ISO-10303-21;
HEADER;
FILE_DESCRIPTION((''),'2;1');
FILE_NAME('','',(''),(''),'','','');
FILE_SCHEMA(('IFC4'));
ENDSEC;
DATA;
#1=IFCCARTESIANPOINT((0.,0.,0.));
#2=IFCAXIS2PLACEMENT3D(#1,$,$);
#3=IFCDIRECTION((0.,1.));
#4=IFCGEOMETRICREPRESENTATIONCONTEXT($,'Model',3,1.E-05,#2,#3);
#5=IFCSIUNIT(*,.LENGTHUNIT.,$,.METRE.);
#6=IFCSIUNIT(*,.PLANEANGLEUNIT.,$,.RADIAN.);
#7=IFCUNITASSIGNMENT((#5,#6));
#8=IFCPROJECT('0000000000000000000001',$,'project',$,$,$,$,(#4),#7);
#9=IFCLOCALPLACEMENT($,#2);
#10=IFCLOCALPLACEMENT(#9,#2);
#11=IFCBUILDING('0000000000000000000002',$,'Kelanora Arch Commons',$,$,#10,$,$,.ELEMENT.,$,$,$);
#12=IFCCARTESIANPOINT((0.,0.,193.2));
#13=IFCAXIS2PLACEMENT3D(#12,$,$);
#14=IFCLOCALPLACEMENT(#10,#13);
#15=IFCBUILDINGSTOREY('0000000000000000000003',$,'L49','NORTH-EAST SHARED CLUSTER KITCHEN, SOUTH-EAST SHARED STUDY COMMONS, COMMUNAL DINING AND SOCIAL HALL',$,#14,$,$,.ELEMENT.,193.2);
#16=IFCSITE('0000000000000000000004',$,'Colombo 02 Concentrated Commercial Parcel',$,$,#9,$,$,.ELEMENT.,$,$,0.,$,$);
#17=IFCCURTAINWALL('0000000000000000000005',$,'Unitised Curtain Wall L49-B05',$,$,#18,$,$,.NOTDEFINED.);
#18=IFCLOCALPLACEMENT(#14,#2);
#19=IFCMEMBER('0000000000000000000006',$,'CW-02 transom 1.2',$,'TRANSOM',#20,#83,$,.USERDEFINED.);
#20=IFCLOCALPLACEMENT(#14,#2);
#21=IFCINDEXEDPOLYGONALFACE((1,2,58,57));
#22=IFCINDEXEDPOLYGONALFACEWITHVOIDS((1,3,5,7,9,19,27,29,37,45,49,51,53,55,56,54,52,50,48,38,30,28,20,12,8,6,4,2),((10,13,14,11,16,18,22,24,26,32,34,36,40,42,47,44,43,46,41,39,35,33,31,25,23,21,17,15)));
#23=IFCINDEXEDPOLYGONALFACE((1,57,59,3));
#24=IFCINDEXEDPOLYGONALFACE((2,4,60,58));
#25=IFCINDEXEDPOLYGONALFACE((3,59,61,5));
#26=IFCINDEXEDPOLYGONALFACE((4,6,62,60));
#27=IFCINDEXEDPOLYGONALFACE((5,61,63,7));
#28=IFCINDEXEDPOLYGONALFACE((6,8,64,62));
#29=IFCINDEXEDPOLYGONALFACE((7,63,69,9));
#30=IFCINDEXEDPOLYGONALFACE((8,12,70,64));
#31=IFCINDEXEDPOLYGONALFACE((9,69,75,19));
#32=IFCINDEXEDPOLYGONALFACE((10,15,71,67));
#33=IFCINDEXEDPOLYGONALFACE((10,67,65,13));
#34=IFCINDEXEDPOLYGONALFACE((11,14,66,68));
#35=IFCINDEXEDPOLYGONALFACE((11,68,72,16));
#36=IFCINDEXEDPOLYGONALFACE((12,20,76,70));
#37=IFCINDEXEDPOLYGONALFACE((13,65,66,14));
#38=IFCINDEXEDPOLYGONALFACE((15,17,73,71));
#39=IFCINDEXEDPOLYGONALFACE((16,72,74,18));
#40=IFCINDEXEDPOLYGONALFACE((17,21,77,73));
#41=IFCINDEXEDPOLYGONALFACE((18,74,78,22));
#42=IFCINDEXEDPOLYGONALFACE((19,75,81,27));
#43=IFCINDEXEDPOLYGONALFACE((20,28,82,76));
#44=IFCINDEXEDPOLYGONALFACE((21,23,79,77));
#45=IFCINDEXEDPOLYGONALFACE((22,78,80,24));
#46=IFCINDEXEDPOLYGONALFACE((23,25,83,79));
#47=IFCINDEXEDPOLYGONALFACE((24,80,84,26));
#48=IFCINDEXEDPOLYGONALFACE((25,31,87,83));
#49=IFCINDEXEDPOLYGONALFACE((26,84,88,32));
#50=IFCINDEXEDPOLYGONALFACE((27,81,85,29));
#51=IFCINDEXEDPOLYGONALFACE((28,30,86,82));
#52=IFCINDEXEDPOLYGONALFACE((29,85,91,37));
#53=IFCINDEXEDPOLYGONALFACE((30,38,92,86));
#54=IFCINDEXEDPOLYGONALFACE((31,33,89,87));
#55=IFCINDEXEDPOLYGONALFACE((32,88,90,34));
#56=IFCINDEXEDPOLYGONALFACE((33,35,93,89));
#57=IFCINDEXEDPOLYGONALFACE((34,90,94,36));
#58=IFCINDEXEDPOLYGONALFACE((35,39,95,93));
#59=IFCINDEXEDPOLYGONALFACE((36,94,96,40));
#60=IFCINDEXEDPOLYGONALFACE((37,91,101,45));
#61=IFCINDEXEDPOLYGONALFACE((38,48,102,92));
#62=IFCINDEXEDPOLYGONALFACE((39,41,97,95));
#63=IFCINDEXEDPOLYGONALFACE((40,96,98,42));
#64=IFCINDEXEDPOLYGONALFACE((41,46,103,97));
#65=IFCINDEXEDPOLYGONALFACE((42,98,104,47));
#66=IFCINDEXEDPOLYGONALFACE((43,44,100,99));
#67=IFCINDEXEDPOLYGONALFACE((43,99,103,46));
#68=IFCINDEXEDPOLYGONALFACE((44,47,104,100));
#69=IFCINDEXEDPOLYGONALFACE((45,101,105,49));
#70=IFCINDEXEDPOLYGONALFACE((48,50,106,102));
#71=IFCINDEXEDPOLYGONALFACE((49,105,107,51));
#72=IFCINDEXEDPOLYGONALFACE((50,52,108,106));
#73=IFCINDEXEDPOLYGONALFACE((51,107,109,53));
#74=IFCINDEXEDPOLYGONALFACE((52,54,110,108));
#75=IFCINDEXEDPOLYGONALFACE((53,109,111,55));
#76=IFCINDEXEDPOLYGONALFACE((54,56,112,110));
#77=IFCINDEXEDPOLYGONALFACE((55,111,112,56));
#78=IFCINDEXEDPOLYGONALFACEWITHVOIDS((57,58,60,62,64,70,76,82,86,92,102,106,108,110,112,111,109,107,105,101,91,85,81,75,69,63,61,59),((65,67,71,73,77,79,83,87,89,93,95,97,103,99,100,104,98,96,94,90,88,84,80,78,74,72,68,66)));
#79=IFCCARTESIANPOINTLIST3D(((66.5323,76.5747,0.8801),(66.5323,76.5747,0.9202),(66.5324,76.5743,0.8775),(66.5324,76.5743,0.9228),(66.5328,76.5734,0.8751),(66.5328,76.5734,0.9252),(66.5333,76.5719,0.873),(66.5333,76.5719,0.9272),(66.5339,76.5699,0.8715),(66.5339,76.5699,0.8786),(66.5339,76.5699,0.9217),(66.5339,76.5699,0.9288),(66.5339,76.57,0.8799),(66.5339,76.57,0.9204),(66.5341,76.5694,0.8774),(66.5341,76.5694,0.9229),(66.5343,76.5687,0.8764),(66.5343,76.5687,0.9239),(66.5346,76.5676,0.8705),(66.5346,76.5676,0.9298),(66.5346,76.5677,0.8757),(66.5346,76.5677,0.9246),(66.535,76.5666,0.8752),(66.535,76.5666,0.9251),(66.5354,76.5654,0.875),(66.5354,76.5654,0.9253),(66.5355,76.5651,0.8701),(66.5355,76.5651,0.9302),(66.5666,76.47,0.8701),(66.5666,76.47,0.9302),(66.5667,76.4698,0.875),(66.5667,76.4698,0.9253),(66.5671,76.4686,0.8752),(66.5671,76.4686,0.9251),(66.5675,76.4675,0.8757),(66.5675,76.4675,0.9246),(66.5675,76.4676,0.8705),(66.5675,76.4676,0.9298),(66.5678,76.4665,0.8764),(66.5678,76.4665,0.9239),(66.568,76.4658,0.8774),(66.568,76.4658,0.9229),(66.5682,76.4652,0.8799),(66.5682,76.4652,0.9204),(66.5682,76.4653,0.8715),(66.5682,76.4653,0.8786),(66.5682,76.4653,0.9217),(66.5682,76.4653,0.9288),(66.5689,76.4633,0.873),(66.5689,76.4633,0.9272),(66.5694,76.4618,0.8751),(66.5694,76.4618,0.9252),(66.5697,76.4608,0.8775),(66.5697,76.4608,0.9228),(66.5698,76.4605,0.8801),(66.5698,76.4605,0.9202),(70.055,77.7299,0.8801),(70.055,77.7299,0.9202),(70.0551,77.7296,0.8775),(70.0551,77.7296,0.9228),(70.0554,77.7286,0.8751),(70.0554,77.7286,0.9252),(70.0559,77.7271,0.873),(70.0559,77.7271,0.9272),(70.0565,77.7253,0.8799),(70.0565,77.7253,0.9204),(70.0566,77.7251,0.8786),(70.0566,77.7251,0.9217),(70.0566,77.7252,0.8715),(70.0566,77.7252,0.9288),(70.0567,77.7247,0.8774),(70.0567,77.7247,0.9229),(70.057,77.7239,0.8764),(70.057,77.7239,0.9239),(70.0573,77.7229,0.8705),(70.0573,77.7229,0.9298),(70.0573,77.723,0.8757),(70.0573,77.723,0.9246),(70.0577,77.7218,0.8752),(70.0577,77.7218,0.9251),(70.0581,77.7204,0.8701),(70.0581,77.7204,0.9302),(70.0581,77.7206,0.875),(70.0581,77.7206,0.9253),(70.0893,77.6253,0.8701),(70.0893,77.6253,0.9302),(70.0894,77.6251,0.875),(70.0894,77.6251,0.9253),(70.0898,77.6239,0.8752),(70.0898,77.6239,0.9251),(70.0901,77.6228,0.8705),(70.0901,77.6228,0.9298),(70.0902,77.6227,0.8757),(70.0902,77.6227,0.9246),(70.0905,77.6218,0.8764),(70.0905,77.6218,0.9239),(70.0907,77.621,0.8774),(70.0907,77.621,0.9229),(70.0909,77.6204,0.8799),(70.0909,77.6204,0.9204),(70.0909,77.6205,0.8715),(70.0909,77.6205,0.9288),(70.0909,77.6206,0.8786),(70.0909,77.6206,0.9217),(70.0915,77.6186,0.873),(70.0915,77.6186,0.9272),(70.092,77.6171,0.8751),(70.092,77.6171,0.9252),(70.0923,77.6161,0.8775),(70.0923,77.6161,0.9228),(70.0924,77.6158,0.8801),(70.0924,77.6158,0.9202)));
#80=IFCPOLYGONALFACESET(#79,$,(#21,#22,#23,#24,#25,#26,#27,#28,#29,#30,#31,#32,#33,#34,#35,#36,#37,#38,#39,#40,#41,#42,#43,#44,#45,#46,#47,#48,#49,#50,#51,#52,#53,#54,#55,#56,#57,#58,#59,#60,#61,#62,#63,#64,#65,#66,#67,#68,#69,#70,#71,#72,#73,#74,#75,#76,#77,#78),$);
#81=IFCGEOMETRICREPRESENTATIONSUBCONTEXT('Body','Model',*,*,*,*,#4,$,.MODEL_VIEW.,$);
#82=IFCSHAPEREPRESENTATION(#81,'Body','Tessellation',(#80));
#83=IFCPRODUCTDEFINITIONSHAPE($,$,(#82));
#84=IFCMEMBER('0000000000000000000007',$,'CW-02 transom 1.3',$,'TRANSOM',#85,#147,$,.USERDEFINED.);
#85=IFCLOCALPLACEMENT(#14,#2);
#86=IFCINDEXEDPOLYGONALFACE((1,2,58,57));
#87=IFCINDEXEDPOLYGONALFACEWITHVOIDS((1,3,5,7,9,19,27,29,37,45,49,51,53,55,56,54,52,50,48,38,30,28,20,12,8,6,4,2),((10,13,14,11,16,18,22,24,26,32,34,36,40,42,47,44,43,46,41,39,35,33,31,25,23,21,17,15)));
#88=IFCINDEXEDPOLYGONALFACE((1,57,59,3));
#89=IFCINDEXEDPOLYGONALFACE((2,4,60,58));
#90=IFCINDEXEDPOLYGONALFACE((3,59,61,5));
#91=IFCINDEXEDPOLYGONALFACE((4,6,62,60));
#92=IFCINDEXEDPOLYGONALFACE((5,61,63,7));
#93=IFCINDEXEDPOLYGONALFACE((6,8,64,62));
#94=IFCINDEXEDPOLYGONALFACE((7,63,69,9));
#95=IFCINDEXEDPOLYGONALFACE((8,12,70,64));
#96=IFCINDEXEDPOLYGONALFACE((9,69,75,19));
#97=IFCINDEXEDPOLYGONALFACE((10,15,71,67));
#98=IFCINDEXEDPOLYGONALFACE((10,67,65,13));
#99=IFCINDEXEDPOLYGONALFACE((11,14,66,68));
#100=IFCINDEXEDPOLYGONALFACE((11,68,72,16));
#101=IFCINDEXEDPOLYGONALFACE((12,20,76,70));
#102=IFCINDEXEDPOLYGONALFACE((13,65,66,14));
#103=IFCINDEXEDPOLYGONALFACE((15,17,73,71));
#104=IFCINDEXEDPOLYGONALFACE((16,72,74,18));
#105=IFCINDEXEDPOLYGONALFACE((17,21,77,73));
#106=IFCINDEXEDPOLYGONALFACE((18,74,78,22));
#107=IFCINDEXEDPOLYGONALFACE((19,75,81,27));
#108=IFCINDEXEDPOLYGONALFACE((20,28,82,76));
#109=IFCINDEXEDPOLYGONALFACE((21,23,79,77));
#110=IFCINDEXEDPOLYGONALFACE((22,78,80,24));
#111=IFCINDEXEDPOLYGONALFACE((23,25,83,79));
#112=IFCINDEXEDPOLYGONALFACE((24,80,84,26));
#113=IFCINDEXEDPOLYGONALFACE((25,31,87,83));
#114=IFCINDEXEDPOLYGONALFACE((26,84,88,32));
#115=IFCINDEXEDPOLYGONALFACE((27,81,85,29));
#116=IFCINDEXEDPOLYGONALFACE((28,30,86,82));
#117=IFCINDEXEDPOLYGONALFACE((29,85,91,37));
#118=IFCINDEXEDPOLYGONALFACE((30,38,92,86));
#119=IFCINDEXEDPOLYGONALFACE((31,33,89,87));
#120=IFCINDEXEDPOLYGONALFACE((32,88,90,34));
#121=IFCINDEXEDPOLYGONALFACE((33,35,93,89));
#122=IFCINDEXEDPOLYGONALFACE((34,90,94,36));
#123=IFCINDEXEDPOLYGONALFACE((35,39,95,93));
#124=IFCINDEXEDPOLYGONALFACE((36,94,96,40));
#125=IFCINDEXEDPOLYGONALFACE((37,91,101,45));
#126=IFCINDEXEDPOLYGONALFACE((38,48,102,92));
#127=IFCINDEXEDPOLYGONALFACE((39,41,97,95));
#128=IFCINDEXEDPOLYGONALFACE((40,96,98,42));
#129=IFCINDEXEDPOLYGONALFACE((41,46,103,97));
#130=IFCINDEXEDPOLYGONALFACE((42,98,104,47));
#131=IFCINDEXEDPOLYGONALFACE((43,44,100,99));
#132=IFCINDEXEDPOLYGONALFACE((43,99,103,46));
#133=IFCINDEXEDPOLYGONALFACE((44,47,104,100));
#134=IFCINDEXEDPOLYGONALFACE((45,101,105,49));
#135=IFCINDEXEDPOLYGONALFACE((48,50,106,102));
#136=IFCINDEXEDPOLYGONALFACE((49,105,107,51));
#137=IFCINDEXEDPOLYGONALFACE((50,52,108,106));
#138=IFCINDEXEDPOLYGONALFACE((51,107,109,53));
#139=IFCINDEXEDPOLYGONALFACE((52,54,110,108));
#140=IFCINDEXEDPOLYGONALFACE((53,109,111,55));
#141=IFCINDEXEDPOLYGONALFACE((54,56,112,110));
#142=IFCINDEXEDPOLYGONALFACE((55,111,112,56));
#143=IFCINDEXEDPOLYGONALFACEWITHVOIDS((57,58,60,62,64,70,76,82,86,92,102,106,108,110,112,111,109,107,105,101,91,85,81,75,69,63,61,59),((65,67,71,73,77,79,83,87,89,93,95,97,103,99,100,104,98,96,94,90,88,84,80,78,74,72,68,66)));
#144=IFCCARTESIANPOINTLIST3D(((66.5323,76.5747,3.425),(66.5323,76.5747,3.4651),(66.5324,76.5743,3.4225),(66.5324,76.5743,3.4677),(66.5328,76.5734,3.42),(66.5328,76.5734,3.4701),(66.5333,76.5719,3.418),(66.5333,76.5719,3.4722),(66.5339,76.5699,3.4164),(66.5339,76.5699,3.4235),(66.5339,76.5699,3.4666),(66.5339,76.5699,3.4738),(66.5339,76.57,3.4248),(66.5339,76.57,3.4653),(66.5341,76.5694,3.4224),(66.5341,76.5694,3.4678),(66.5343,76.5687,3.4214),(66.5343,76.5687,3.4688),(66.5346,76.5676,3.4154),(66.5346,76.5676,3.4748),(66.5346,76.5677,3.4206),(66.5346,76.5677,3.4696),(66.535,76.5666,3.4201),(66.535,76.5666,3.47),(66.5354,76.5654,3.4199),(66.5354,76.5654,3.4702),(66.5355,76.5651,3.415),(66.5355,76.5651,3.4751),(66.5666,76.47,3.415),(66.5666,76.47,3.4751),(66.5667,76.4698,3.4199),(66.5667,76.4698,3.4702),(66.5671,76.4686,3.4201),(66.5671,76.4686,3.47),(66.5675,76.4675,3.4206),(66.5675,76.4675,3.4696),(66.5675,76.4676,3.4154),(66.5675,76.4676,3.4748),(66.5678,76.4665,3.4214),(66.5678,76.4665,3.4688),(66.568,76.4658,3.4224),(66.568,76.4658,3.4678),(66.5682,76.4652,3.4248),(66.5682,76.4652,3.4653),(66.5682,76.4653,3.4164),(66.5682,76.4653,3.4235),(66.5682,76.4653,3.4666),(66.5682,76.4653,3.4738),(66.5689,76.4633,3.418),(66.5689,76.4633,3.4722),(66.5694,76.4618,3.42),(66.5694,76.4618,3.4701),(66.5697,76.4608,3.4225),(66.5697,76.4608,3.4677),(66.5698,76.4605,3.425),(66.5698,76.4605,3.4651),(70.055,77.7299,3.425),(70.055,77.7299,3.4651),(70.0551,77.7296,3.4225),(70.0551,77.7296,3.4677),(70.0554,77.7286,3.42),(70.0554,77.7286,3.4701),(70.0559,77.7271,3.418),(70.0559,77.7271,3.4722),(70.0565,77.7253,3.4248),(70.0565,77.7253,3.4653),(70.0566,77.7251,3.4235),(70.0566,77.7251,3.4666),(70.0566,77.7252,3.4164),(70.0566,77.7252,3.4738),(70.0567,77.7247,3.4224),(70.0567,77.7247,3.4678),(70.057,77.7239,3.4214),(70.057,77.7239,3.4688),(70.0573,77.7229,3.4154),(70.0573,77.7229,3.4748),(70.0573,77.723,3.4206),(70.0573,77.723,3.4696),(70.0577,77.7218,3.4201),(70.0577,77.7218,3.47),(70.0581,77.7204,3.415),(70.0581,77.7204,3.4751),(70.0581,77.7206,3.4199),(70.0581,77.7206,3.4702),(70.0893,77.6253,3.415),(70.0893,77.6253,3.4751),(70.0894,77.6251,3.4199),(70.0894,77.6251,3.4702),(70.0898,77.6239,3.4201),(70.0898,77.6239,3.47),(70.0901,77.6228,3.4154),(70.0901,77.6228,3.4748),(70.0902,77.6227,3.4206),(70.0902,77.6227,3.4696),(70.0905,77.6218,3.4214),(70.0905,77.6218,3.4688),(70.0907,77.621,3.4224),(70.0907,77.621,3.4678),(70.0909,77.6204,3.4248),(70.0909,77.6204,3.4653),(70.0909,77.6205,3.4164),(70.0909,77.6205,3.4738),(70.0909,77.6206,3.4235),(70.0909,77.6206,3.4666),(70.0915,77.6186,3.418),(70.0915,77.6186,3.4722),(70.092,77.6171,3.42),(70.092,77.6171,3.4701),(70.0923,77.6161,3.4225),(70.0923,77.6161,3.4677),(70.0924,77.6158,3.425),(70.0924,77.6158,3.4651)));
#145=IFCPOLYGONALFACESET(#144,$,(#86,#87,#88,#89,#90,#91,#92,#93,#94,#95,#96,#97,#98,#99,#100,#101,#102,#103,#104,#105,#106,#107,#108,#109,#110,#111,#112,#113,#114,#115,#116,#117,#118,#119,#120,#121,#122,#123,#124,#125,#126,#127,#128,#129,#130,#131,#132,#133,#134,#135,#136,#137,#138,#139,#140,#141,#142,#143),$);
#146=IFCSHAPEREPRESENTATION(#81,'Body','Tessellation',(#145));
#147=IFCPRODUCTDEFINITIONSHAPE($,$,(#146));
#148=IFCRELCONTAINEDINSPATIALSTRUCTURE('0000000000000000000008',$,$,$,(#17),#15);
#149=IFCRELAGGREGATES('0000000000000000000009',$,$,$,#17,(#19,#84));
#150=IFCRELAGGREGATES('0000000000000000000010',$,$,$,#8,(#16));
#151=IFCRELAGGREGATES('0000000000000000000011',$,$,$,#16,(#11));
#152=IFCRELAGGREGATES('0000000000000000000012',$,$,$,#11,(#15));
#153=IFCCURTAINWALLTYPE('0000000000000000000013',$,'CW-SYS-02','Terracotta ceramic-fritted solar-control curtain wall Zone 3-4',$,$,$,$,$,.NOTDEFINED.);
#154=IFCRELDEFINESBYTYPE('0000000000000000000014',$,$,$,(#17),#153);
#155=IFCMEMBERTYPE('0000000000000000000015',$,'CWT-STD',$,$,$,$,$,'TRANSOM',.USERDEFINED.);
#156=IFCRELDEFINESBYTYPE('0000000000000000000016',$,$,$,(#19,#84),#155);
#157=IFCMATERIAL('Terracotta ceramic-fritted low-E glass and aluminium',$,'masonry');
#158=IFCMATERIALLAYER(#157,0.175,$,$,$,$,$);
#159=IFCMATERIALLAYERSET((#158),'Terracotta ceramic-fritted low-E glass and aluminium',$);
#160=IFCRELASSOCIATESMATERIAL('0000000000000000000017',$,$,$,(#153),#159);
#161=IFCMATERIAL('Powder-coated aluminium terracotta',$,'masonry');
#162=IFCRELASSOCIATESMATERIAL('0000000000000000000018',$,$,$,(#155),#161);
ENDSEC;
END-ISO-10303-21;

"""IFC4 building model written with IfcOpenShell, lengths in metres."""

from ifc_helpers import new_model, si_unit, direction, frame, origin, origin_2d, place, context, subcontext, project, spatial, hollow_rectangle, extrude, material, layer, layer_set, material_profile, profile_set, type_object, element, aggregate, save


model = new_model("IFC4")

# Units and contexts
model_context = context("Model", 3, precision=1e-05, world=origin(), true_north=direction((0.0, 1.0)))
body_context = subcontext(model_context, "Body", "Model", "MODEL_VIEW")
ifc_project = project(units=[si_unit("LENGTHUNIT", "METRE"), si_unit("PLANEANGLEUNIT", "RADIAN")], contexts=[model_context])

# Site, building, storey
site_placement = place(None, origin())
site = spatial("IfcSite", under=ifc_project, at=site_placement, Name="Colombo 02 Concentrated Commercial Parcel", CompositionType="ELEMENT", RefElevation=0.0)
building_placement = place(site_placement, origin())
building = spatial("IfcBuilding", under=site, at=building_placement, Name="Kelanora Arch Commons", CompositionType="ELEMENT")
storey_placement = place(building_placement, frame((0.0, 0.0, 193.2)))
storey = spatial("IfcBuildingStorey", under=building, at=storey_placement, Name="L49", Description="NORTH-EAST SHARED CLUSTER KITCHEN, SOUTH-EAST SHARED STUDY COMMONS, COMMUNAL DINING AND SOCIAL HALL", CompositionType="ELEMENT", Elevation=193.2)

# Curtain wall, members
ifc_material_1 = material(Name="Terracotta ceramic-fritted low-E glass and aluminium", Category="masonry")
ifc_layer_1 = layer(ifc_material_1, 0.175)
ifc_layer_set_1 = layer_set([ifc_layer_1], Name="Terracotta ceramic-fritted low-E glass and aluminium")
curtain_wall_type = type_object("IfcCurtainWallType", Name="CW-SYS-02", Description="Terracotta ceramic-fritted solar-control curtain wall Zone 3-4", PredefinedType="NOTDEFINED", material=ifc_layer_set_1)
curtain_wall_placement = place(storey_placement, origin())
curtain_wall = element("IfcCurtainWall", 1, at=curtain_wall_placement, inside=storey, type_object=curtain_wall_type, Name="Unitised Curtain Wall L49-B05", PredefinedType="NOTDEFINED")
ifc_material_2 = material(Name="Powder-coated aluminium terracotta", Category="masonry")
ifc_material_profile_1 = material_profile(ifc_material_2, hollow_rectangle(XDim=0.1201, YDim=0.0601, WallThickness=0.0049, InnerFilletRadius=0.0049, OuterFilletRadius=0.01, at=origin_2d()), Name="CWT120x60")
ifc_profile_set_1 = profile_set([ifc_material_profile_1], Name="Powder-coated aluminium terracotta")
member_type_1 = type_object("IfcMemberType", Name="CWT-STD", ElementType="TRANSOM", PredefinedType="USERDEFINED", material=ifc_profile_set_1)
member_1_placement = place(storey_placement, frame((70.0737, 77.6729, 0.9001), z_axis=(-0.950207, -0.311621, 0.0), x_axis=(0.311621, -0.950207, 0.0)))
member_1 = element("IfcMember", 2, at=member_1_placement, type_object=member_type_1, Name="CW-02 transom 1.2", ObjectType="TRANSOM", PredefinedType="USERDEFINED", context=body_context, shape_type="SweptSolid", body=[
    extrude(hollow_rectangle(XDim=0.1201, YDim=0.0601, WallThickness=0.0049, InnerFilletRadius=0.0049, OuterFilletRadius=0.01, at=origin_2d()), origin(), (0.0, 0.0, 1.0), 3.7073),
])
member_2_placement = place(storey_placement, frame((70.0737, 77.6729, 3.4451), z_axis=(-0.950207, -0.311621, 0.0), x_axis=(0.311621, -0.950207, 0.0)))
member_2 = element("IfcMember", 3, at=member_2_placement, type_object=member_type_1, Name="CW-02 transom 1.3", ObjectType="TRANSOM", PredefinedType="USERDEFINED", context=body_context, shape_type="SweptSolid", body=[
    extrude(hollow_rectangle(XDim=0.1201, YDim=0.0601, WallThickness=0.0049, InnerFilletRadius=0.0049, OuterFilletRadius=0.01, at=origin_2d()), origin(), (0.0, 0.0, 1.0), 3.7073),
])
aggregate(curtain_wall, [member_1, member_2])

save(model, "model.ifc")
